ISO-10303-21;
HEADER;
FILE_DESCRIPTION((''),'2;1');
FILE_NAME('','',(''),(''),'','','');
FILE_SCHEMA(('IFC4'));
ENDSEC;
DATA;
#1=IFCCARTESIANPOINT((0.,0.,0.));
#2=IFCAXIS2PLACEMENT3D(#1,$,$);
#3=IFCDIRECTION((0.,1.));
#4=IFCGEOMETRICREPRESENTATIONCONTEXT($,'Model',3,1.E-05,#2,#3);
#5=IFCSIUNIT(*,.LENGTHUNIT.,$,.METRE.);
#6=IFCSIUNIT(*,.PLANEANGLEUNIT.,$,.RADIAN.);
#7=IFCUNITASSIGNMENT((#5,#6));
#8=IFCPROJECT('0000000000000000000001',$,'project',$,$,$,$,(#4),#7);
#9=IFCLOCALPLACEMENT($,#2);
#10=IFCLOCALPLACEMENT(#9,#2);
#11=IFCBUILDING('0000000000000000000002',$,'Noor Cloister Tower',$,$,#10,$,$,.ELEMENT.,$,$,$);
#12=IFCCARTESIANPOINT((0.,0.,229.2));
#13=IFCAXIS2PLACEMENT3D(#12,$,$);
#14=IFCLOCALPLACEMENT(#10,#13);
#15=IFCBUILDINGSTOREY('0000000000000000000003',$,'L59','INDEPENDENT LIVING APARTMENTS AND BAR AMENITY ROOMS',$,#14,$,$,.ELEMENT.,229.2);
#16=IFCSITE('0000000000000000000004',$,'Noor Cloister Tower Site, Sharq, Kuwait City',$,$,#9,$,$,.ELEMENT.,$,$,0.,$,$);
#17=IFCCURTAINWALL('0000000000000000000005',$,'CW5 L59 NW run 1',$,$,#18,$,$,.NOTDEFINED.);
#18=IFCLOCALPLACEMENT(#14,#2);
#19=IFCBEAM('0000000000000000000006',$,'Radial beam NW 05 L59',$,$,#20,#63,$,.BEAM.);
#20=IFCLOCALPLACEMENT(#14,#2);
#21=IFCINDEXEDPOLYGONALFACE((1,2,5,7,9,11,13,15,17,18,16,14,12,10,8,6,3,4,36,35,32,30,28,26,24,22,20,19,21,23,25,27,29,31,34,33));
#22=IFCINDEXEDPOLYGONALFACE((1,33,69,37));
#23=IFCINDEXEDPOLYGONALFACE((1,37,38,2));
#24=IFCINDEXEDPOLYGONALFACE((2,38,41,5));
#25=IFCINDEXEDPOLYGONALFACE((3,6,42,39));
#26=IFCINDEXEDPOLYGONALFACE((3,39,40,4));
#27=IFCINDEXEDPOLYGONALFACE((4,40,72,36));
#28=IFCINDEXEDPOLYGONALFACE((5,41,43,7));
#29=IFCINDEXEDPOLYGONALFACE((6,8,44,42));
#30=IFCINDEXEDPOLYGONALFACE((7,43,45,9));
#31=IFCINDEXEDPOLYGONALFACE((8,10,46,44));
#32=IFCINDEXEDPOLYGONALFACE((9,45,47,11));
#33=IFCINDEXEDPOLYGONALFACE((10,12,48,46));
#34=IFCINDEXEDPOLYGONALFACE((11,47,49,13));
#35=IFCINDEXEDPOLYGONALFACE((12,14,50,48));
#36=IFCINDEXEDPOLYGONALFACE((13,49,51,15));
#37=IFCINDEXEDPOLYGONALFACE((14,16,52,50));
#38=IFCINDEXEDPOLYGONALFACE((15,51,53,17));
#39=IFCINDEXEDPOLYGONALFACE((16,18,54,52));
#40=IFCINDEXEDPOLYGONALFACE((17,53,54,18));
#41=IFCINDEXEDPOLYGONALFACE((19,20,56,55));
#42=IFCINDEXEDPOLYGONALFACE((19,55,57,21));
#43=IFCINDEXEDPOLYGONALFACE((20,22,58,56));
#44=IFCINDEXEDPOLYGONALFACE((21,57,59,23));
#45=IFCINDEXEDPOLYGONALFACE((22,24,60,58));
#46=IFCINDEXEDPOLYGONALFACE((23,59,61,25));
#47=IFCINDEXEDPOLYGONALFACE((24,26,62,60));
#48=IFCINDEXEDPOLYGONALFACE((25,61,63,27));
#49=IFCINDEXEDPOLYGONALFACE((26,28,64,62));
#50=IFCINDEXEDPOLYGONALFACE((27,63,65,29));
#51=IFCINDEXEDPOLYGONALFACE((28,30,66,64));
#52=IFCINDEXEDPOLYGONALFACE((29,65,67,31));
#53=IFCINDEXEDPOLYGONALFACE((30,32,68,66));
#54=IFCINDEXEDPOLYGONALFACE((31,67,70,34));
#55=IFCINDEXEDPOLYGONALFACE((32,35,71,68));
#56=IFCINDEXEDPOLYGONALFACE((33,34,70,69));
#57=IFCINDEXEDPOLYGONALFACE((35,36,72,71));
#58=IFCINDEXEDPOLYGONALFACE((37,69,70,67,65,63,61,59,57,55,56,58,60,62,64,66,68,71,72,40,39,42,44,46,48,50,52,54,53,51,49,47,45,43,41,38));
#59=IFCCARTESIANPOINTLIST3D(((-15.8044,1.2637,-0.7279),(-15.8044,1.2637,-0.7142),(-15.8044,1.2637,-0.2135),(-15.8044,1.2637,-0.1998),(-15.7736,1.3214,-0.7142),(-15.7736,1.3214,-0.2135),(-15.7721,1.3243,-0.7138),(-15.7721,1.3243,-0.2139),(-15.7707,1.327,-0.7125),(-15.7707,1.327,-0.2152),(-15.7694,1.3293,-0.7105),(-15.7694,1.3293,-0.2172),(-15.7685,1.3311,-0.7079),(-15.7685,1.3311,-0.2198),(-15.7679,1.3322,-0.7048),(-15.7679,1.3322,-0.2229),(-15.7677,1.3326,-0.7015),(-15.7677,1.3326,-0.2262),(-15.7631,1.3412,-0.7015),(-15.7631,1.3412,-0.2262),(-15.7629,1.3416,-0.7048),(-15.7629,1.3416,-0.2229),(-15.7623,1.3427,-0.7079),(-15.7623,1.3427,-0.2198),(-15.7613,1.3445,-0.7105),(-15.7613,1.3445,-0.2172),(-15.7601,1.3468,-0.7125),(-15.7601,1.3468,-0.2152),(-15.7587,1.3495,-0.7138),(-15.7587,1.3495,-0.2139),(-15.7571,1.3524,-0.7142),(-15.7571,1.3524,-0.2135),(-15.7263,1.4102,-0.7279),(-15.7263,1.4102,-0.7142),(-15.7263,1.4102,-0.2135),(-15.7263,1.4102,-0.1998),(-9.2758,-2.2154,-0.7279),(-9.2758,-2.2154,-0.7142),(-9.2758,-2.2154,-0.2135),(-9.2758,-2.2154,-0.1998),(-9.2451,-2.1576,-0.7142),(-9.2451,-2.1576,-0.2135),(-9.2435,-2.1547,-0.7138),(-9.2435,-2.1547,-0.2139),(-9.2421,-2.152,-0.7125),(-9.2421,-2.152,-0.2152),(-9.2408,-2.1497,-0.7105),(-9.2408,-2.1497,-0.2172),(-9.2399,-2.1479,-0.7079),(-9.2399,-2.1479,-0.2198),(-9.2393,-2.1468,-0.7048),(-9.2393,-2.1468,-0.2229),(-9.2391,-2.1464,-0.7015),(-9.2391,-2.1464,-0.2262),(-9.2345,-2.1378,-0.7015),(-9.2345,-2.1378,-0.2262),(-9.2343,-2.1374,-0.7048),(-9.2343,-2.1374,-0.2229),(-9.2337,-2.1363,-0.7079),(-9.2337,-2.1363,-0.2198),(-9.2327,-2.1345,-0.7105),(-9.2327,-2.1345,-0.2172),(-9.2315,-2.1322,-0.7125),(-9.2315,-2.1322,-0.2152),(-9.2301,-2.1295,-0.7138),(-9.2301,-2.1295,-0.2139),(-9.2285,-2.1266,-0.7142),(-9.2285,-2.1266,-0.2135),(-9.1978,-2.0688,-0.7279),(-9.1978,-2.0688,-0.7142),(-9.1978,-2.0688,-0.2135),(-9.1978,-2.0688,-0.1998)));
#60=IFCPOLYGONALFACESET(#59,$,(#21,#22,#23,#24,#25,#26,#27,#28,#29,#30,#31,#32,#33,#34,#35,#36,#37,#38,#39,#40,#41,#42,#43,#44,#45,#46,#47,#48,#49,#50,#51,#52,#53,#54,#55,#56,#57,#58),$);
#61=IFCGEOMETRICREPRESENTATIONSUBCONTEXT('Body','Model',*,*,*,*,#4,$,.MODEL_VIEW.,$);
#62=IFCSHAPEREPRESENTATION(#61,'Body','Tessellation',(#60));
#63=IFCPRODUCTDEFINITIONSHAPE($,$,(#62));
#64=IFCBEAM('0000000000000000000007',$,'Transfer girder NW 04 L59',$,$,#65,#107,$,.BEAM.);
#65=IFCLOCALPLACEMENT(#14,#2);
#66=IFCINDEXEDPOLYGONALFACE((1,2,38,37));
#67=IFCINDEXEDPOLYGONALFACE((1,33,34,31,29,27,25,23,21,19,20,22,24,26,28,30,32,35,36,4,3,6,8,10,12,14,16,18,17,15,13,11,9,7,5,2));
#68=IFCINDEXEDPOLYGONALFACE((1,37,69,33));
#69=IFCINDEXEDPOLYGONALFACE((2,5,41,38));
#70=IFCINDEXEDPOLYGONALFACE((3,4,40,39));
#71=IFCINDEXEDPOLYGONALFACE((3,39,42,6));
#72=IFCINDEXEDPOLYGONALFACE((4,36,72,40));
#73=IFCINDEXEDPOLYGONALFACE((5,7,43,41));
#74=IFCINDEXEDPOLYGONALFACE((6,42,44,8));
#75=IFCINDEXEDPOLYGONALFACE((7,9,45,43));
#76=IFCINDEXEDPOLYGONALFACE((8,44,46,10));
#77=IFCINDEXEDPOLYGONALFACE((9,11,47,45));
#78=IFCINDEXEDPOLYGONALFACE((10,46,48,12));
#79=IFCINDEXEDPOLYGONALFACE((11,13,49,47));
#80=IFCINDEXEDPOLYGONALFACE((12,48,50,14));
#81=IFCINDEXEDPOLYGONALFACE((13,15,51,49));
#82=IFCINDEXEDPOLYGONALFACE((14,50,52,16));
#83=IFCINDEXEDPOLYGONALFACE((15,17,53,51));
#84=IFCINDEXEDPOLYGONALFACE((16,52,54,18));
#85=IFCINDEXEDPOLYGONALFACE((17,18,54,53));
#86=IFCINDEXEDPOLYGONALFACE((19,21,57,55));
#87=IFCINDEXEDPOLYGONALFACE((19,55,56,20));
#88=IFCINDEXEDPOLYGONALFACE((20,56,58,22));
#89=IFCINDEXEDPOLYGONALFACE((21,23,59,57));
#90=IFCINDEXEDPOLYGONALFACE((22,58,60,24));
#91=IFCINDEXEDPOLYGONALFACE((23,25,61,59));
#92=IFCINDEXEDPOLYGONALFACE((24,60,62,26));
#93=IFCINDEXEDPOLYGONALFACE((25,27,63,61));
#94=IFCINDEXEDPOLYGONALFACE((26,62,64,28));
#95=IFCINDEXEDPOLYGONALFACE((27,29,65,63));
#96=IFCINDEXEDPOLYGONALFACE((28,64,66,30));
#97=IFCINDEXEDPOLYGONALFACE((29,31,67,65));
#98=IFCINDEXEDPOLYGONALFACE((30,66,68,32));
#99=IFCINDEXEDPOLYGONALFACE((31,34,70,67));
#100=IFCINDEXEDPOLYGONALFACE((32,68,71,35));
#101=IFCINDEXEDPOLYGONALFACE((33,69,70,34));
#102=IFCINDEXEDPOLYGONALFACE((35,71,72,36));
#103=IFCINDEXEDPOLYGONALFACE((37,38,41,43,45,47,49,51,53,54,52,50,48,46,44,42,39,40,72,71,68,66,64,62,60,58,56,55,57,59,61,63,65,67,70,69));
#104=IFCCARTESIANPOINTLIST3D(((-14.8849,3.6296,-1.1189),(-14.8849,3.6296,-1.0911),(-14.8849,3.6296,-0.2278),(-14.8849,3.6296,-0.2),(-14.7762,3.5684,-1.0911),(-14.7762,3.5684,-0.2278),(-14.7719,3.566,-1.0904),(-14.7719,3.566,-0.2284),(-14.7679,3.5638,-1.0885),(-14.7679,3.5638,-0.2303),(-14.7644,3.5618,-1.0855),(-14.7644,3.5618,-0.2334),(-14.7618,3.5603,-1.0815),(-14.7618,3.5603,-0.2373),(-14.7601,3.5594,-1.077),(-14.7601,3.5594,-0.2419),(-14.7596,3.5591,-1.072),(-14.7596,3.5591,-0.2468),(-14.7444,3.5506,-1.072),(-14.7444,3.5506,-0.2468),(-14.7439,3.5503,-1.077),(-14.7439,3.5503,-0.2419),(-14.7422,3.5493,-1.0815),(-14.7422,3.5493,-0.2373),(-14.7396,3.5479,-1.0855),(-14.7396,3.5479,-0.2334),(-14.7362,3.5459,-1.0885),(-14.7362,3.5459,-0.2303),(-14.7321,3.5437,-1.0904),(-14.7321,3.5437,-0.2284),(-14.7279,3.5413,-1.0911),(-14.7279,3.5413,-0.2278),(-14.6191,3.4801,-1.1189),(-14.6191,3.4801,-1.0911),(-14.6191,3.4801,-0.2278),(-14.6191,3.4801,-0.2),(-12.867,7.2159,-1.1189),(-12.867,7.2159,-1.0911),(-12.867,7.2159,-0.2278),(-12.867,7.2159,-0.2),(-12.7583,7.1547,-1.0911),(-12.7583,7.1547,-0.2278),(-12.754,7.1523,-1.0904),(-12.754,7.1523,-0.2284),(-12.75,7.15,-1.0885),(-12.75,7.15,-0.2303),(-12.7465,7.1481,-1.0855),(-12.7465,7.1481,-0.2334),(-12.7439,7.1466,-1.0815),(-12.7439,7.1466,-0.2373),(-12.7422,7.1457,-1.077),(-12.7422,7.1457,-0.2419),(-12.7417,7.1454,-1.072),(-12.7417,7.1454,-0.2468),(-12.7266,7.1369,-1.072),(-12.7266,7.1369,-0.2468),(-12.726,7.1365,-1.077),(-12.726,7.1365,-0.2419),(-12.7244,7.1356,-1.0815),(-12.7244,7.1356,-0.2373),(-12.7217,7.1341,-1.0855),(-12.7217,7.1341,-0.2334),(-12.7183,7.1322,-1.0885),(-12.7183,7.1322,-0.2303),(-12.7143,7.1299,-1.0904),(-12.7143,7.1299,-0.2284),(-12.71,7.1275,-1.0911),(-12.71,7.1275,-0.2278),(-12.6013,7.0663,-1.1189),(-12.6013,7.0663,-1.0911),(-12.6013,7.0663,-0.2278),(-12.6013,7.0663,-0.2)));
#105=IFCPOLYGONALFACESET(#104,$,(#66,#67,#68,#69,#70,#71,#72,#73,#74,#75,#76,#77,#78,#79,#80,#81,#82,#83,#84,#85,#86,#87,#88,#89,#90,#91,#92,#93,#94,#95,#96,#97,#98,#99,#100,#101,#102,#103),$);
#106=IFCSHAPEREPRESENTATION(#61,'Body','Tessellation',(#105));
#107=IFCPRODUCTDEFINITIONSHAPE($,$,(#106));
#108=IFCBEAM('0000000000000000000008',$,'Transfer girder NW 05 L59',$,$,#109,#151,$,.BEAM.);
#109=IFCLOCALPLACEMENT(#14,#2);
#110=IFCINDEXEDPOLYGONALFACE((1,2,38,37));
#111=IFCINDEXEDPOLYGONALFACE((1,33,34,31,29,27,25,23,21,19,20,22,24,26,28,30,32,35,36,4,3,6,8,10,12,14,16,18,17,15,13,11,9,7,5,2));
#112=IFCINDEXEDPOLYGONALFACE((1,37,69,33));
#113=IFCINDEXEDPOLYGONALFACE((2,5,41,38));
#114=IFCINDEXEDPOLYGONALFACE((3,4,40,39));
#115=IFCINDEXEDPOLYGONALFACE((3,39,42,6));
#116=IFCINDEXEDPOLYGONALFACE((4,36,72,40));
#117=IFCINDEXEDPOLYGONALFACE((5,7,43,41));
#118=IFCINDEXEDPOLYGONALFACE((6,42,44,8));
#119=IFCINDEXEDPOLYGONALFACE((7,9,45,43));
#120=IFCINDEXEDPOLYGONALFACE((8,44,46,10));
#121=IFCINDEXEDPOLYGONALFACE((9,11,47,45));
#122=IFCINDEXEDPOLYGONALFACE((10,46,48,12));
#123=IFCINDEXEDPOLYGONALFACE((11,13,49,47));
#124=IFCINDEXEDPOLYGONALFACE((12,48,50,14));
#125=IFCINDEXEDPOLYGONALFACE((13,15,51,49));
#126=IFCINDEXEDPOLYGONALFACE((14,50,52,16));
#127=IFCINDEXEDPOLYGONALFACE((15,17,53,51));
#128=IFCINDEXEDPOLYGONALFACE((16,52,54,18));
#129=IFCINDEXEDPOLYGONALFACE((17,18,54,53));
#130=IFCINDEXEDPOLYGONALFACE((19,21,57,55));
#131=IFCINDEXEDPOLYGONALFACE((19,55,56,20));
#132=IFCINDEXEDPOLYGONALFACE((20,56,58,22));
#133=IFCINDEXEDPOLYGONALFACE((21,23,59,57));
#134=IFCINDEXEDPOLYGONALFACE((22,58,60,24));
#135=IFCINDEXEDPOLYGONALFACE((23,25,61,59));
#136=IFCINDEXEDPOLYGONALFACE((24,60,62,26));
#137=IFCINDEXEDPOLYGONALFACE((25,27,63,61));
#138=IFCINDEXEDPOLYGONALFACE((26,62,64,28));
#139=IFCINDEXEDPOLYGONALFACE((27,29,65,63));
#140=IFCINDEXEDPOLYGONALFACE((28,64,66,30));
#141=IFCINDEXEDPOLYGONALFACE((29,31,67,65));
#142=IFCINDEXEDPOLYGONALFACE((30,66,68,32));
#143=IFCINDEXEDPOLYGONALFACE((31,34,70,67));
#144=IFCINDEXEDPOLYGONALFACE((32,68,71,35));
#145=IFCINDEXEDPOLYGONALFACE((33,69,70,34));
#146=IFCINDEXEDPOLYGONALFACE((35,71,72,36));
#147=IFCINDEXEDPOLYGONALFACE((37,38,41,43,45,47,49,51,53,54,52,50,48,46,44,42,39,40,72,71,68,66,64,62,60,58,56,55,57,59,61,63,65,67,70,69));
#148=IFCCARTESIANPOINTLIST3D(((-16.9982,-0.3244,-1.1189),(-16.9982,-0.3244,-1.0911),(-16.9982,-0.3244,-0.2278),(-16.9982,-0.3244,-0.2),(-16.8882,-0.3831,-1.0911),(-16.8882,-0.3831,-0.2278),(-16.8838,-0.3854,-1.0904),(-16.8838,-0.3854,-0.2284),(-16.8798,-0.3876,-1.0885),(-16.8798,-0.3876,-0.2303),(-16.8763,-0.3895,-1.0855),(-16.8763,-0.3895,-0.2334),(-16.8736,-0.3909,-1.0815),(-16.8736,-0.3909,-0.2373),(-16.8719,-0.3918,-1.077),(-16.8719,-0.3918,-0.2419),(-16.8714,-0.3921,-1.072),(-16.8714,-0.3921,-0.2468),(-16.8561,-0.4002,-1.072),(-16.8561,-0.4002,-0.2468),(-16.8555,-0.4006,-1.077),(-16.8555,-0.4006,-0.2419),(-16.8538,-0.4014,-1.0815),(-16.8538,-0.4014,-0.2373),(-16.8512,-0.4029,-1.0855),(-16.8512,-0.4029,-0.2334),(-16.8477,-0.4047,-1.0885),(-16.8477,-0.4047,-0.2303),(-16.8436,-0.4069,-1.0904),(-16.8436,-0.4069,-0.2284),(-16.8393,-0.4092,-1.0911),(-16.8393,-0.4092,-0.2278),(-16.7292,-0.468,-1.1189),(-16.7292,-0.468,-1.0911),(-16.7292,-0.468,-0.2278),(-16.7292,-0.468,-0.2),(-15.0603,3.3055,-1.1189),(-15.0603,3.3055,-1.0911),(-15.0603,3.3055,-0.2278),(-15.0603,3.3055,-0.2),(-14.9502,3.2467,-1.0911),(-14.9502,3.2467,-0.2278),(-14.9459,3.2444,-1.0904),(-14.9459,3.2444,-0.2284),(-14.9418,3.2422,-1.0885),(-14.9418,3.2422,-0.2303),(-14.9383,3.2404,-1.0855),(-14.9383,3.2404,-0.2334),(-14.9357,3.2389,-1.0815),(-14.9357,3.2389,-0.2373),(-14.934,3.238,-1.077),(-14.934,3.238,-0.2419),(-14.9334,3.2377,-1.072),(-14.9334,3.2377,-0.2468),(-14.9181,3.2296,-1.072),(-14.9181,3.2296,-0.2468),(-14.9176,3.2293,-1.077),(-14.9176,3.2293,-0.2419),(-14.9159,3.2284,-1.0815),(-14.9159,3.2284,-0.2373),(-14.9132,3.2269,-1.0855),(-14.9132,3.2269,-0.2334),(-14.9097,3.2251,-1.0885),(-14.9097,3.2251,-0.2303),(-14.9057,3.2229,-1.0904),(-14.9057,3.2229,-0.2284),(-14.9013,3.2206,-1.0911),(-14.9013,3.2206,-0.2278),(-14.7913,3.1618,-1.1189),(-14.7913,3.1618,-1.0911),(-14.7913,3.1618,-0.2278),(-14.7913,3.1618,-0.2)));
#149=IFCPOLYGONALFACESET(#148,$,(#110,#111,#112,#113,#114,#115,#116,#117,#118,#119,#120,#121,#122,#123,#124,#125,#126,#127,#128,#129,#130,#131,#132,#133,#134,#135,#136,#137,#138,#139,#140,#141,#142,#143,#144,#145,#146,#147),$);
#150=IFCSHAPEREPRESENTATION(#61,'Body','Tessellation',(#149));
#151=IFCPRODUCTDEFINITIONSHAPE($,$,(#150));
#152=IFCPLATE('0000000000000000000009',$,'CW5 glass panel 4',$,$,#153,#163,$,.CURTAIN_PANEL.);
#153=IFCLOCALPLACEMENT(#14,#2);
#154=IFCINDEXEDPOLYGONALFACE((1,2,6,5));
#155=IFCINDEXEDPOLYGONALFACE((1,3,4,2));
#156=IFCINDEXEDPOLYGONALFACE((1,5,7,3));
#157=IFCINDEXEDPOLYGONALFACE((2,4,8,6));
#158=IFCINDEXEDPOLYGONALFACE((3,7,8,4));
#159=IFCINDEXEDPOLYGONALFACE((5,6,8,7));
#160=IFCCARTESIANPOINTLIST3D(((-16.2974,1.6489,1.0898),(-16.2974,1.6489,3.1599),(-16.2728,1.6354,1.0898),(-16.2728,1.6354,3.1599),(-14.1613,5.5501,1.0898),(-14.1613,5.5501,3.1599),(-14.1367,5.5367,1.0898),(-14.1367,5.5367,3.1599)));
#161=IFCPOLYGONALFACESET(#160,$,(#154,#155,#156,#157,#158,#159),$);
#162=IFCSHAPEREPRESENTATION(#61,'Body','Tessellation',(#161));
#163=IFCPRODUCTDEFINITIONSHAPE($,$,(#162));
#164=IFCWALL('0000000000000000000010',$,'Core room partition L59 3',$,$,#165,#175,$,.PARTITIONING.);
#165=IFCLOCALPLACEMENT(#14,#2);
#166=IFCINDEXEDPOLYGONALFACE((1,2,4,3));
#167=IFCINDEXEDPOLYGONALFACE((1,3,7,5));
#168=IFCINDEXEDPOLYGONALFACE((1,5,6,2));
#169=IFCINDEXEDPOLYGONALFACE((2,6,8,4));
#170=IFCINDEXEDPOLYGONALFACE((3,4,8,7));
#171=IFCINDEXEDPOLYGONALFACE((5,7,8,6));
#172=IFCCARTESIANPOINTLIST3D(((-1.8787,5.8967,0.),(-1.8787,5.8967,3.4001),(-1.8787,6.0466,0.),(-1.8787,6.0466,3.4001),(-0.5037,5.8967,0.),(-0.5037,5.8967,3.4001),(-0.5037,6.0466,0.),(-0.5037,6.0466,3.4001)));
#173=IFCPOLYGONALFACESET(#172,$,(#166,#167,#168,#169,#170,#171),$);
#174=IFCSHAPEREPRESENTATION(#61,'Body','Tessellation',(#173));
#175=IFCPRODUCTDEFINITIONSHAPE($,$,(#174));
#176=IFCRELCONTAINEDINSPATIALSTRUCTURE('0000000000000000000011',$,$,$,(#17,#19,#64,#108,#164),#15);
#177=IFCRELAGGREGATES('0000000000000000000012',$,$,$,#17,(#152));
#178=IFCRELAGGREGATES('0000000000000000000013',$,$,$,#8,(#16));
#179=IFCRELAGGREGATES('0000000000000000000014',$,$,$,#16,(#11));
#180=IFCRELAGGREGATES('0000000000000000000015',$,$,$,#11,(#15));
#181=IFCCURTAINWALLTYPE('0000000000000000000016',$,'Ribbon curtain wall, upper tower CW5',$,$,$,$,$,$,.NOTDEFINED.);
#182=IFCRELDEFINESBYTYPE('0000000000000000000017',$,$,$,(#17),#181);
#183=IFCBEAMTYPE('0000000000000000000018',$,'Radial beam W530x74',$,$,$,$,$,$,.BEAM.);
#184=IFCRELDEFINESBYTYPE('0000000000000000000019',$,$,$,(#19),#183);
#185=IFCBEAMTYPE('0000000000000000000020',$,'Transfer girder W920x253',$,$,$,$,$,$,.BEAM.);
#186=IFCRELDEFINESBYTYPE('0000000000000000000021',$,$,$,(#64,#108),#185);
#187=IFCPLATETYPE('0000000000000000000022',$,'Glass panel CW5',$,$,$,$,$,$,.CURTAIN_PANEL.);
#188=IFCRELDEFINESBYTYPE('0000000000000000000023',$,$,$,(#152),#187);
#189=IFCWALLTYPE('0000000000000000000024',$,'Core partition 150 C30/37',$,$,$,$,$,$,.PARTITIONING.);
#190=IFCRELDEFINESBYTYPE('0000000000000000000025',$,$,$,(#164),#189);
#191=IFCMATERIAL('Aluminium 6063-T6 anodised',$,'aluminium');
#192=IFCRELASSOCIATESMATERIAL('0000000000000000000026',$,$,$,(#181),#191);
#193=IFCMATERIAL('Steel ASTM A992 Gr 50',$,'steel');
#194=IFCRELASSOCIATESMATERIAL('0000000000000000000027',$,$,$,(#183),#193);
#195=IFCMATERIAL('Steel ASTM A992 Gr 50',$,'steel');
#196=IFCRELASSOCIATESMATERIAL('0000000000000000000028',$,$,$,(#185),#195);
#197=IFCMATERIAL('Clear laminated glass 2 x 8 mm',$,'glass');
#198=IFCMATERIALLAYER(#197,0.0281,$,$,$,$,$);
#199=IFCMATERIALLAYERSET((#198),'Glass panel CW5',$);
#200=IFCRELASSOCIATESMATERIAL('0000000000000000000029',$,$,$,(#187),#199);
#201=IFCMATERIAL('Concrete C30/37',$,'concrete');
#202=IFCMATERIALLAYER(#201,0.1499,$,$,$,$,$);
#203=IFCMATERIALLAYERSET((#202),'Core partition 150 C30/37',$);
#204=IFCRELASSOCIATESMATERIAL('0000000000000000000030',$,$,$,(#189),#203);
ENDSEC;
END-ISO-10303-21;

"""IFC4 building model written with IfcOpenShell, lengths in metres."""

from ifc_helpers import new_model, si_unit, direction, frame, frame_2d, origin, origin_2d, place, context, subcontext, project, spatial, rectangle, i_section, extrude, material, layer, layer_set, material_profile, profile_set, type_object, element, aggregate, save


model = new_model("IFC4")

# Units and contexts
model_context = context("Model", 3, precision=1e-05, world=origin(), true_north=direction((0.0, 1.0)))
body_context = subcontext(model_context, "Body", "Model", "MODEL_VIEW")
ifc_project = project(units=[si_unit("LENGTHUNIT", "METRE"), si_unit("PLANEANGLEUNIT", "RADIAN")], contexts=[model_context])

# Site, building, storey
site_placement = place(None, origin())
site = spatial("IfcSite", under=ifc_project, at=site_placement, Name="Noor Cloister Tower Site, Sharq, Kuwait City", CompositionType="ELEMENT", RefElevation=0.0)
building_placement = place(site_placement, origin())
building = spatial("IfcBuilding", under=site, at=building_placement, Name="Noor Cloister Tower", CompositionType="ELEMENT")
storey_placement = place(building_placement, frame((0.0, 0.0, 229.2)))
storey = spatial("IfcBuildingStorey", under=building, at=storey_placement, Name="L59", Description="INDEPENDENT LIVING APARTMENTS AND BAR AMENITY ROOMS", CompositionType="ELEMENT", Elevation=229.2)

# Curtain wall
ifc_material_1 = material(Name="Aluminium 6063-T6 anodised", Category="aluminium")
curtain_wall_type = type_object("IfcCurtainWallType", Name="Ribbon curtain wall, upper tower CW5", PredefinedType="NOTDEFINED", material=ifc_material_1)
curtain_wall_placement = place(storey_placement, origin())
curtain_wall = element("IfcCurtainWall", 1, at=curtain_wall_placement, inside=storey, type_object=curtain_wall_type, Name="CW5 L59 NW run 1", PredefinedType="NOTDEFINED")

# Beams
ifc_material_2 = material(Name="Steel ASTM A992 Gr 50", Category="steel")
ifc_material_profile_1 = material_profile(ifc_material_2, i_section(OverallWidth=0.166, OverallDepth=0.5281, WebThickness=0.0098, FlangeThickness=0.0137, FilletRadius=0.0127, at=origin_2d()), Name="W530x74")
ifc_profile_set_1 = profile_set([ifc_material_profile_1], Name="Steel ASTM A992 Gr 50")
beam_type_1 = type_object("IfcBeamType", Name="Radial beam W530x74", PredefinedType="BEAM", material=ifc_profile_set_1)
beam_1_placement = place(storey_placement, frame((-15.7654, 1.3369, -0.4639), z_axis=(0.882516, -0.470283, 0.0), x_axis=(0.470283, 0.882516, 0.0)))
element("IfcBeam", 2, at=beam_1_placement, inside=storey, type_object=beam_type_1, Name="Radial beam NW 05 L59", PredefinedType="BEAM", context=body_context, shape_type="SweptSolid", body=[
    extrude(i_section(OverallWidth=0.166, OverallDepth=0.5281, WebThickness=0.0098, FlangeThickness=0.0137, FilletRadius=0.0127, at=origin_2d()), origin(), (0.0, 0.0, 1.0), 7.3977),
])
ifc_material_3 = material(Name="Steel ASTM A992 Gr 50", Category="steel")
ifc_material_profile_2 = material_profile(ifc_material_3, i_section(OverallWidth=0.3049, OverallDepth=0.9189, WebThickness=0.0173, FlangeThickness=0.0278, FilletRadius=0.019, at=origin_2d()), Name="W920x253")
ifc_profile_set_2 = profile_set([ifc_material_profile_2], Name="Steel ASTM A992 Gr 50")
beam_type_2 = type_object("IfcBeamType", Name="Transfer girder W920x253", PredefinedType="BEAM", material=ifc_profile_set_2)
beam_2_placement = place(storey_placement, frame((-12.7341, 7.1411, -0.6594), z_axis=(-0.490371, -0.871514, 0.0), x_axis=(0.871514, -0.490371, 0.0)))
element("IfcBeam", 3, at=beam_2_placement, inside=storey, type_object=beam_type_2, Name="Transfer girder NW 04 L59", PredefinedType="BEAM", context=body_context, shape_type="SweptSolid", body=[
    extrude(i_section(OverallWidth=0.3049, OverallDepth=0.9189, WebThickness=0.0173, FlangeThickness=0.0278, FilletRadius=0.019, at=origin_2d()), origin(), (0.0, 0.0, 1.0), 4.115),
])
beam_3_placement = place(storey_placement, frame((-14.9258, 3.2336, -0.6594), z_axis=(-0.470976, -0.882146, 0.0), x_axis=(0.882146, -0.470976, 0.0)))
element("IfcBeam", 4, at=beam_3_placement, inside=storey, type_object=beam_type_2, Name="Transfer girder NW 05 L59", PredefinedType="BEAM", context=body_context, shape_type="SweptSolid", body=[
    extrude(i_section(OverallWidth=0.3049, OverallDepth=0.9189, WebThickness=0.0173, FlangeThickness=0.0278, FilletRadius=0.019, at=origin_2d()), origin(), (0.0, 0.0, 1.0), 4.1147),
])

# Plate
ifc_material_4 = material(Name="Clear laminated glass 2 x 8 mm", Category="glass")
ifc_layer_1 = layer(ifc_material_4, 0.0281)
ifc_layer_set_1 = layer_set([ifc_layer_1], Name="Glass panel CW5")
plate_type = type_object("IfcPlateType", Name="Glass panel CW5", PredefinedType="CURTAIN_PANEL", material=ifc_layer_set_1)
plate_placement = place(storey_placement, frame((-15.217, 3.5928, 1.0898), z_axis=(0.0, 0.0, 1.0), x_axis=(-0.480257, -0.877128, 0.0)))
plate = element("IfcPlate", 5, at=plate_placement, type_object=plate_type, Name="CW5 glass panel 4", PredefinedType="CURTAIN_PANEL", context=body_context, shape_type="SweptSolid", body=[
    extrude(rectangle(XDim=4.4478, YDim=0.0281, at=origin_2d()), origin(), (0.0, 0.0, 1.0), 2.0701),
])
aggregate(curtain_wall, [plate])

# Wall
ifc_material_5 = material(Name="Concrete C30/37", Category="concrete")
ifc_layer_2 = layer(ifc_material_5, 0.1499)
ifc_layer_set_2 = layer_set([ifc_layer_2], Name="Core partition 150 C30/37")
wall_type_1 = type_object("IfcWallType", Name="Core partition 150 C30/37", PredefinedType="PARTITIONING", material=ifc_layer_set_2)
wall_1_placement = place(storey_placement, frame((-1.8787, 5.9717, 0.0), z_axis=(0.0, 0.0, 1.0), x_axis=(1.0, 0.0, 0.0)))
element("IfcWall", 6, at=wall_1_placement, inside=storey, type_object=wall_type_1, Name="Core room partition L59 3", PredefinedType="PARTITIONING", context=body_context, shape_type="SweptSolid", body=[
    extrude(rectangle(XDim=1.375, YDim=0.1499, at=frame_2d((0.6875, 0.0))), origin(), (0.0, 0.0, 1.0), 3.4001),
])

save(model, "model.ifc")
